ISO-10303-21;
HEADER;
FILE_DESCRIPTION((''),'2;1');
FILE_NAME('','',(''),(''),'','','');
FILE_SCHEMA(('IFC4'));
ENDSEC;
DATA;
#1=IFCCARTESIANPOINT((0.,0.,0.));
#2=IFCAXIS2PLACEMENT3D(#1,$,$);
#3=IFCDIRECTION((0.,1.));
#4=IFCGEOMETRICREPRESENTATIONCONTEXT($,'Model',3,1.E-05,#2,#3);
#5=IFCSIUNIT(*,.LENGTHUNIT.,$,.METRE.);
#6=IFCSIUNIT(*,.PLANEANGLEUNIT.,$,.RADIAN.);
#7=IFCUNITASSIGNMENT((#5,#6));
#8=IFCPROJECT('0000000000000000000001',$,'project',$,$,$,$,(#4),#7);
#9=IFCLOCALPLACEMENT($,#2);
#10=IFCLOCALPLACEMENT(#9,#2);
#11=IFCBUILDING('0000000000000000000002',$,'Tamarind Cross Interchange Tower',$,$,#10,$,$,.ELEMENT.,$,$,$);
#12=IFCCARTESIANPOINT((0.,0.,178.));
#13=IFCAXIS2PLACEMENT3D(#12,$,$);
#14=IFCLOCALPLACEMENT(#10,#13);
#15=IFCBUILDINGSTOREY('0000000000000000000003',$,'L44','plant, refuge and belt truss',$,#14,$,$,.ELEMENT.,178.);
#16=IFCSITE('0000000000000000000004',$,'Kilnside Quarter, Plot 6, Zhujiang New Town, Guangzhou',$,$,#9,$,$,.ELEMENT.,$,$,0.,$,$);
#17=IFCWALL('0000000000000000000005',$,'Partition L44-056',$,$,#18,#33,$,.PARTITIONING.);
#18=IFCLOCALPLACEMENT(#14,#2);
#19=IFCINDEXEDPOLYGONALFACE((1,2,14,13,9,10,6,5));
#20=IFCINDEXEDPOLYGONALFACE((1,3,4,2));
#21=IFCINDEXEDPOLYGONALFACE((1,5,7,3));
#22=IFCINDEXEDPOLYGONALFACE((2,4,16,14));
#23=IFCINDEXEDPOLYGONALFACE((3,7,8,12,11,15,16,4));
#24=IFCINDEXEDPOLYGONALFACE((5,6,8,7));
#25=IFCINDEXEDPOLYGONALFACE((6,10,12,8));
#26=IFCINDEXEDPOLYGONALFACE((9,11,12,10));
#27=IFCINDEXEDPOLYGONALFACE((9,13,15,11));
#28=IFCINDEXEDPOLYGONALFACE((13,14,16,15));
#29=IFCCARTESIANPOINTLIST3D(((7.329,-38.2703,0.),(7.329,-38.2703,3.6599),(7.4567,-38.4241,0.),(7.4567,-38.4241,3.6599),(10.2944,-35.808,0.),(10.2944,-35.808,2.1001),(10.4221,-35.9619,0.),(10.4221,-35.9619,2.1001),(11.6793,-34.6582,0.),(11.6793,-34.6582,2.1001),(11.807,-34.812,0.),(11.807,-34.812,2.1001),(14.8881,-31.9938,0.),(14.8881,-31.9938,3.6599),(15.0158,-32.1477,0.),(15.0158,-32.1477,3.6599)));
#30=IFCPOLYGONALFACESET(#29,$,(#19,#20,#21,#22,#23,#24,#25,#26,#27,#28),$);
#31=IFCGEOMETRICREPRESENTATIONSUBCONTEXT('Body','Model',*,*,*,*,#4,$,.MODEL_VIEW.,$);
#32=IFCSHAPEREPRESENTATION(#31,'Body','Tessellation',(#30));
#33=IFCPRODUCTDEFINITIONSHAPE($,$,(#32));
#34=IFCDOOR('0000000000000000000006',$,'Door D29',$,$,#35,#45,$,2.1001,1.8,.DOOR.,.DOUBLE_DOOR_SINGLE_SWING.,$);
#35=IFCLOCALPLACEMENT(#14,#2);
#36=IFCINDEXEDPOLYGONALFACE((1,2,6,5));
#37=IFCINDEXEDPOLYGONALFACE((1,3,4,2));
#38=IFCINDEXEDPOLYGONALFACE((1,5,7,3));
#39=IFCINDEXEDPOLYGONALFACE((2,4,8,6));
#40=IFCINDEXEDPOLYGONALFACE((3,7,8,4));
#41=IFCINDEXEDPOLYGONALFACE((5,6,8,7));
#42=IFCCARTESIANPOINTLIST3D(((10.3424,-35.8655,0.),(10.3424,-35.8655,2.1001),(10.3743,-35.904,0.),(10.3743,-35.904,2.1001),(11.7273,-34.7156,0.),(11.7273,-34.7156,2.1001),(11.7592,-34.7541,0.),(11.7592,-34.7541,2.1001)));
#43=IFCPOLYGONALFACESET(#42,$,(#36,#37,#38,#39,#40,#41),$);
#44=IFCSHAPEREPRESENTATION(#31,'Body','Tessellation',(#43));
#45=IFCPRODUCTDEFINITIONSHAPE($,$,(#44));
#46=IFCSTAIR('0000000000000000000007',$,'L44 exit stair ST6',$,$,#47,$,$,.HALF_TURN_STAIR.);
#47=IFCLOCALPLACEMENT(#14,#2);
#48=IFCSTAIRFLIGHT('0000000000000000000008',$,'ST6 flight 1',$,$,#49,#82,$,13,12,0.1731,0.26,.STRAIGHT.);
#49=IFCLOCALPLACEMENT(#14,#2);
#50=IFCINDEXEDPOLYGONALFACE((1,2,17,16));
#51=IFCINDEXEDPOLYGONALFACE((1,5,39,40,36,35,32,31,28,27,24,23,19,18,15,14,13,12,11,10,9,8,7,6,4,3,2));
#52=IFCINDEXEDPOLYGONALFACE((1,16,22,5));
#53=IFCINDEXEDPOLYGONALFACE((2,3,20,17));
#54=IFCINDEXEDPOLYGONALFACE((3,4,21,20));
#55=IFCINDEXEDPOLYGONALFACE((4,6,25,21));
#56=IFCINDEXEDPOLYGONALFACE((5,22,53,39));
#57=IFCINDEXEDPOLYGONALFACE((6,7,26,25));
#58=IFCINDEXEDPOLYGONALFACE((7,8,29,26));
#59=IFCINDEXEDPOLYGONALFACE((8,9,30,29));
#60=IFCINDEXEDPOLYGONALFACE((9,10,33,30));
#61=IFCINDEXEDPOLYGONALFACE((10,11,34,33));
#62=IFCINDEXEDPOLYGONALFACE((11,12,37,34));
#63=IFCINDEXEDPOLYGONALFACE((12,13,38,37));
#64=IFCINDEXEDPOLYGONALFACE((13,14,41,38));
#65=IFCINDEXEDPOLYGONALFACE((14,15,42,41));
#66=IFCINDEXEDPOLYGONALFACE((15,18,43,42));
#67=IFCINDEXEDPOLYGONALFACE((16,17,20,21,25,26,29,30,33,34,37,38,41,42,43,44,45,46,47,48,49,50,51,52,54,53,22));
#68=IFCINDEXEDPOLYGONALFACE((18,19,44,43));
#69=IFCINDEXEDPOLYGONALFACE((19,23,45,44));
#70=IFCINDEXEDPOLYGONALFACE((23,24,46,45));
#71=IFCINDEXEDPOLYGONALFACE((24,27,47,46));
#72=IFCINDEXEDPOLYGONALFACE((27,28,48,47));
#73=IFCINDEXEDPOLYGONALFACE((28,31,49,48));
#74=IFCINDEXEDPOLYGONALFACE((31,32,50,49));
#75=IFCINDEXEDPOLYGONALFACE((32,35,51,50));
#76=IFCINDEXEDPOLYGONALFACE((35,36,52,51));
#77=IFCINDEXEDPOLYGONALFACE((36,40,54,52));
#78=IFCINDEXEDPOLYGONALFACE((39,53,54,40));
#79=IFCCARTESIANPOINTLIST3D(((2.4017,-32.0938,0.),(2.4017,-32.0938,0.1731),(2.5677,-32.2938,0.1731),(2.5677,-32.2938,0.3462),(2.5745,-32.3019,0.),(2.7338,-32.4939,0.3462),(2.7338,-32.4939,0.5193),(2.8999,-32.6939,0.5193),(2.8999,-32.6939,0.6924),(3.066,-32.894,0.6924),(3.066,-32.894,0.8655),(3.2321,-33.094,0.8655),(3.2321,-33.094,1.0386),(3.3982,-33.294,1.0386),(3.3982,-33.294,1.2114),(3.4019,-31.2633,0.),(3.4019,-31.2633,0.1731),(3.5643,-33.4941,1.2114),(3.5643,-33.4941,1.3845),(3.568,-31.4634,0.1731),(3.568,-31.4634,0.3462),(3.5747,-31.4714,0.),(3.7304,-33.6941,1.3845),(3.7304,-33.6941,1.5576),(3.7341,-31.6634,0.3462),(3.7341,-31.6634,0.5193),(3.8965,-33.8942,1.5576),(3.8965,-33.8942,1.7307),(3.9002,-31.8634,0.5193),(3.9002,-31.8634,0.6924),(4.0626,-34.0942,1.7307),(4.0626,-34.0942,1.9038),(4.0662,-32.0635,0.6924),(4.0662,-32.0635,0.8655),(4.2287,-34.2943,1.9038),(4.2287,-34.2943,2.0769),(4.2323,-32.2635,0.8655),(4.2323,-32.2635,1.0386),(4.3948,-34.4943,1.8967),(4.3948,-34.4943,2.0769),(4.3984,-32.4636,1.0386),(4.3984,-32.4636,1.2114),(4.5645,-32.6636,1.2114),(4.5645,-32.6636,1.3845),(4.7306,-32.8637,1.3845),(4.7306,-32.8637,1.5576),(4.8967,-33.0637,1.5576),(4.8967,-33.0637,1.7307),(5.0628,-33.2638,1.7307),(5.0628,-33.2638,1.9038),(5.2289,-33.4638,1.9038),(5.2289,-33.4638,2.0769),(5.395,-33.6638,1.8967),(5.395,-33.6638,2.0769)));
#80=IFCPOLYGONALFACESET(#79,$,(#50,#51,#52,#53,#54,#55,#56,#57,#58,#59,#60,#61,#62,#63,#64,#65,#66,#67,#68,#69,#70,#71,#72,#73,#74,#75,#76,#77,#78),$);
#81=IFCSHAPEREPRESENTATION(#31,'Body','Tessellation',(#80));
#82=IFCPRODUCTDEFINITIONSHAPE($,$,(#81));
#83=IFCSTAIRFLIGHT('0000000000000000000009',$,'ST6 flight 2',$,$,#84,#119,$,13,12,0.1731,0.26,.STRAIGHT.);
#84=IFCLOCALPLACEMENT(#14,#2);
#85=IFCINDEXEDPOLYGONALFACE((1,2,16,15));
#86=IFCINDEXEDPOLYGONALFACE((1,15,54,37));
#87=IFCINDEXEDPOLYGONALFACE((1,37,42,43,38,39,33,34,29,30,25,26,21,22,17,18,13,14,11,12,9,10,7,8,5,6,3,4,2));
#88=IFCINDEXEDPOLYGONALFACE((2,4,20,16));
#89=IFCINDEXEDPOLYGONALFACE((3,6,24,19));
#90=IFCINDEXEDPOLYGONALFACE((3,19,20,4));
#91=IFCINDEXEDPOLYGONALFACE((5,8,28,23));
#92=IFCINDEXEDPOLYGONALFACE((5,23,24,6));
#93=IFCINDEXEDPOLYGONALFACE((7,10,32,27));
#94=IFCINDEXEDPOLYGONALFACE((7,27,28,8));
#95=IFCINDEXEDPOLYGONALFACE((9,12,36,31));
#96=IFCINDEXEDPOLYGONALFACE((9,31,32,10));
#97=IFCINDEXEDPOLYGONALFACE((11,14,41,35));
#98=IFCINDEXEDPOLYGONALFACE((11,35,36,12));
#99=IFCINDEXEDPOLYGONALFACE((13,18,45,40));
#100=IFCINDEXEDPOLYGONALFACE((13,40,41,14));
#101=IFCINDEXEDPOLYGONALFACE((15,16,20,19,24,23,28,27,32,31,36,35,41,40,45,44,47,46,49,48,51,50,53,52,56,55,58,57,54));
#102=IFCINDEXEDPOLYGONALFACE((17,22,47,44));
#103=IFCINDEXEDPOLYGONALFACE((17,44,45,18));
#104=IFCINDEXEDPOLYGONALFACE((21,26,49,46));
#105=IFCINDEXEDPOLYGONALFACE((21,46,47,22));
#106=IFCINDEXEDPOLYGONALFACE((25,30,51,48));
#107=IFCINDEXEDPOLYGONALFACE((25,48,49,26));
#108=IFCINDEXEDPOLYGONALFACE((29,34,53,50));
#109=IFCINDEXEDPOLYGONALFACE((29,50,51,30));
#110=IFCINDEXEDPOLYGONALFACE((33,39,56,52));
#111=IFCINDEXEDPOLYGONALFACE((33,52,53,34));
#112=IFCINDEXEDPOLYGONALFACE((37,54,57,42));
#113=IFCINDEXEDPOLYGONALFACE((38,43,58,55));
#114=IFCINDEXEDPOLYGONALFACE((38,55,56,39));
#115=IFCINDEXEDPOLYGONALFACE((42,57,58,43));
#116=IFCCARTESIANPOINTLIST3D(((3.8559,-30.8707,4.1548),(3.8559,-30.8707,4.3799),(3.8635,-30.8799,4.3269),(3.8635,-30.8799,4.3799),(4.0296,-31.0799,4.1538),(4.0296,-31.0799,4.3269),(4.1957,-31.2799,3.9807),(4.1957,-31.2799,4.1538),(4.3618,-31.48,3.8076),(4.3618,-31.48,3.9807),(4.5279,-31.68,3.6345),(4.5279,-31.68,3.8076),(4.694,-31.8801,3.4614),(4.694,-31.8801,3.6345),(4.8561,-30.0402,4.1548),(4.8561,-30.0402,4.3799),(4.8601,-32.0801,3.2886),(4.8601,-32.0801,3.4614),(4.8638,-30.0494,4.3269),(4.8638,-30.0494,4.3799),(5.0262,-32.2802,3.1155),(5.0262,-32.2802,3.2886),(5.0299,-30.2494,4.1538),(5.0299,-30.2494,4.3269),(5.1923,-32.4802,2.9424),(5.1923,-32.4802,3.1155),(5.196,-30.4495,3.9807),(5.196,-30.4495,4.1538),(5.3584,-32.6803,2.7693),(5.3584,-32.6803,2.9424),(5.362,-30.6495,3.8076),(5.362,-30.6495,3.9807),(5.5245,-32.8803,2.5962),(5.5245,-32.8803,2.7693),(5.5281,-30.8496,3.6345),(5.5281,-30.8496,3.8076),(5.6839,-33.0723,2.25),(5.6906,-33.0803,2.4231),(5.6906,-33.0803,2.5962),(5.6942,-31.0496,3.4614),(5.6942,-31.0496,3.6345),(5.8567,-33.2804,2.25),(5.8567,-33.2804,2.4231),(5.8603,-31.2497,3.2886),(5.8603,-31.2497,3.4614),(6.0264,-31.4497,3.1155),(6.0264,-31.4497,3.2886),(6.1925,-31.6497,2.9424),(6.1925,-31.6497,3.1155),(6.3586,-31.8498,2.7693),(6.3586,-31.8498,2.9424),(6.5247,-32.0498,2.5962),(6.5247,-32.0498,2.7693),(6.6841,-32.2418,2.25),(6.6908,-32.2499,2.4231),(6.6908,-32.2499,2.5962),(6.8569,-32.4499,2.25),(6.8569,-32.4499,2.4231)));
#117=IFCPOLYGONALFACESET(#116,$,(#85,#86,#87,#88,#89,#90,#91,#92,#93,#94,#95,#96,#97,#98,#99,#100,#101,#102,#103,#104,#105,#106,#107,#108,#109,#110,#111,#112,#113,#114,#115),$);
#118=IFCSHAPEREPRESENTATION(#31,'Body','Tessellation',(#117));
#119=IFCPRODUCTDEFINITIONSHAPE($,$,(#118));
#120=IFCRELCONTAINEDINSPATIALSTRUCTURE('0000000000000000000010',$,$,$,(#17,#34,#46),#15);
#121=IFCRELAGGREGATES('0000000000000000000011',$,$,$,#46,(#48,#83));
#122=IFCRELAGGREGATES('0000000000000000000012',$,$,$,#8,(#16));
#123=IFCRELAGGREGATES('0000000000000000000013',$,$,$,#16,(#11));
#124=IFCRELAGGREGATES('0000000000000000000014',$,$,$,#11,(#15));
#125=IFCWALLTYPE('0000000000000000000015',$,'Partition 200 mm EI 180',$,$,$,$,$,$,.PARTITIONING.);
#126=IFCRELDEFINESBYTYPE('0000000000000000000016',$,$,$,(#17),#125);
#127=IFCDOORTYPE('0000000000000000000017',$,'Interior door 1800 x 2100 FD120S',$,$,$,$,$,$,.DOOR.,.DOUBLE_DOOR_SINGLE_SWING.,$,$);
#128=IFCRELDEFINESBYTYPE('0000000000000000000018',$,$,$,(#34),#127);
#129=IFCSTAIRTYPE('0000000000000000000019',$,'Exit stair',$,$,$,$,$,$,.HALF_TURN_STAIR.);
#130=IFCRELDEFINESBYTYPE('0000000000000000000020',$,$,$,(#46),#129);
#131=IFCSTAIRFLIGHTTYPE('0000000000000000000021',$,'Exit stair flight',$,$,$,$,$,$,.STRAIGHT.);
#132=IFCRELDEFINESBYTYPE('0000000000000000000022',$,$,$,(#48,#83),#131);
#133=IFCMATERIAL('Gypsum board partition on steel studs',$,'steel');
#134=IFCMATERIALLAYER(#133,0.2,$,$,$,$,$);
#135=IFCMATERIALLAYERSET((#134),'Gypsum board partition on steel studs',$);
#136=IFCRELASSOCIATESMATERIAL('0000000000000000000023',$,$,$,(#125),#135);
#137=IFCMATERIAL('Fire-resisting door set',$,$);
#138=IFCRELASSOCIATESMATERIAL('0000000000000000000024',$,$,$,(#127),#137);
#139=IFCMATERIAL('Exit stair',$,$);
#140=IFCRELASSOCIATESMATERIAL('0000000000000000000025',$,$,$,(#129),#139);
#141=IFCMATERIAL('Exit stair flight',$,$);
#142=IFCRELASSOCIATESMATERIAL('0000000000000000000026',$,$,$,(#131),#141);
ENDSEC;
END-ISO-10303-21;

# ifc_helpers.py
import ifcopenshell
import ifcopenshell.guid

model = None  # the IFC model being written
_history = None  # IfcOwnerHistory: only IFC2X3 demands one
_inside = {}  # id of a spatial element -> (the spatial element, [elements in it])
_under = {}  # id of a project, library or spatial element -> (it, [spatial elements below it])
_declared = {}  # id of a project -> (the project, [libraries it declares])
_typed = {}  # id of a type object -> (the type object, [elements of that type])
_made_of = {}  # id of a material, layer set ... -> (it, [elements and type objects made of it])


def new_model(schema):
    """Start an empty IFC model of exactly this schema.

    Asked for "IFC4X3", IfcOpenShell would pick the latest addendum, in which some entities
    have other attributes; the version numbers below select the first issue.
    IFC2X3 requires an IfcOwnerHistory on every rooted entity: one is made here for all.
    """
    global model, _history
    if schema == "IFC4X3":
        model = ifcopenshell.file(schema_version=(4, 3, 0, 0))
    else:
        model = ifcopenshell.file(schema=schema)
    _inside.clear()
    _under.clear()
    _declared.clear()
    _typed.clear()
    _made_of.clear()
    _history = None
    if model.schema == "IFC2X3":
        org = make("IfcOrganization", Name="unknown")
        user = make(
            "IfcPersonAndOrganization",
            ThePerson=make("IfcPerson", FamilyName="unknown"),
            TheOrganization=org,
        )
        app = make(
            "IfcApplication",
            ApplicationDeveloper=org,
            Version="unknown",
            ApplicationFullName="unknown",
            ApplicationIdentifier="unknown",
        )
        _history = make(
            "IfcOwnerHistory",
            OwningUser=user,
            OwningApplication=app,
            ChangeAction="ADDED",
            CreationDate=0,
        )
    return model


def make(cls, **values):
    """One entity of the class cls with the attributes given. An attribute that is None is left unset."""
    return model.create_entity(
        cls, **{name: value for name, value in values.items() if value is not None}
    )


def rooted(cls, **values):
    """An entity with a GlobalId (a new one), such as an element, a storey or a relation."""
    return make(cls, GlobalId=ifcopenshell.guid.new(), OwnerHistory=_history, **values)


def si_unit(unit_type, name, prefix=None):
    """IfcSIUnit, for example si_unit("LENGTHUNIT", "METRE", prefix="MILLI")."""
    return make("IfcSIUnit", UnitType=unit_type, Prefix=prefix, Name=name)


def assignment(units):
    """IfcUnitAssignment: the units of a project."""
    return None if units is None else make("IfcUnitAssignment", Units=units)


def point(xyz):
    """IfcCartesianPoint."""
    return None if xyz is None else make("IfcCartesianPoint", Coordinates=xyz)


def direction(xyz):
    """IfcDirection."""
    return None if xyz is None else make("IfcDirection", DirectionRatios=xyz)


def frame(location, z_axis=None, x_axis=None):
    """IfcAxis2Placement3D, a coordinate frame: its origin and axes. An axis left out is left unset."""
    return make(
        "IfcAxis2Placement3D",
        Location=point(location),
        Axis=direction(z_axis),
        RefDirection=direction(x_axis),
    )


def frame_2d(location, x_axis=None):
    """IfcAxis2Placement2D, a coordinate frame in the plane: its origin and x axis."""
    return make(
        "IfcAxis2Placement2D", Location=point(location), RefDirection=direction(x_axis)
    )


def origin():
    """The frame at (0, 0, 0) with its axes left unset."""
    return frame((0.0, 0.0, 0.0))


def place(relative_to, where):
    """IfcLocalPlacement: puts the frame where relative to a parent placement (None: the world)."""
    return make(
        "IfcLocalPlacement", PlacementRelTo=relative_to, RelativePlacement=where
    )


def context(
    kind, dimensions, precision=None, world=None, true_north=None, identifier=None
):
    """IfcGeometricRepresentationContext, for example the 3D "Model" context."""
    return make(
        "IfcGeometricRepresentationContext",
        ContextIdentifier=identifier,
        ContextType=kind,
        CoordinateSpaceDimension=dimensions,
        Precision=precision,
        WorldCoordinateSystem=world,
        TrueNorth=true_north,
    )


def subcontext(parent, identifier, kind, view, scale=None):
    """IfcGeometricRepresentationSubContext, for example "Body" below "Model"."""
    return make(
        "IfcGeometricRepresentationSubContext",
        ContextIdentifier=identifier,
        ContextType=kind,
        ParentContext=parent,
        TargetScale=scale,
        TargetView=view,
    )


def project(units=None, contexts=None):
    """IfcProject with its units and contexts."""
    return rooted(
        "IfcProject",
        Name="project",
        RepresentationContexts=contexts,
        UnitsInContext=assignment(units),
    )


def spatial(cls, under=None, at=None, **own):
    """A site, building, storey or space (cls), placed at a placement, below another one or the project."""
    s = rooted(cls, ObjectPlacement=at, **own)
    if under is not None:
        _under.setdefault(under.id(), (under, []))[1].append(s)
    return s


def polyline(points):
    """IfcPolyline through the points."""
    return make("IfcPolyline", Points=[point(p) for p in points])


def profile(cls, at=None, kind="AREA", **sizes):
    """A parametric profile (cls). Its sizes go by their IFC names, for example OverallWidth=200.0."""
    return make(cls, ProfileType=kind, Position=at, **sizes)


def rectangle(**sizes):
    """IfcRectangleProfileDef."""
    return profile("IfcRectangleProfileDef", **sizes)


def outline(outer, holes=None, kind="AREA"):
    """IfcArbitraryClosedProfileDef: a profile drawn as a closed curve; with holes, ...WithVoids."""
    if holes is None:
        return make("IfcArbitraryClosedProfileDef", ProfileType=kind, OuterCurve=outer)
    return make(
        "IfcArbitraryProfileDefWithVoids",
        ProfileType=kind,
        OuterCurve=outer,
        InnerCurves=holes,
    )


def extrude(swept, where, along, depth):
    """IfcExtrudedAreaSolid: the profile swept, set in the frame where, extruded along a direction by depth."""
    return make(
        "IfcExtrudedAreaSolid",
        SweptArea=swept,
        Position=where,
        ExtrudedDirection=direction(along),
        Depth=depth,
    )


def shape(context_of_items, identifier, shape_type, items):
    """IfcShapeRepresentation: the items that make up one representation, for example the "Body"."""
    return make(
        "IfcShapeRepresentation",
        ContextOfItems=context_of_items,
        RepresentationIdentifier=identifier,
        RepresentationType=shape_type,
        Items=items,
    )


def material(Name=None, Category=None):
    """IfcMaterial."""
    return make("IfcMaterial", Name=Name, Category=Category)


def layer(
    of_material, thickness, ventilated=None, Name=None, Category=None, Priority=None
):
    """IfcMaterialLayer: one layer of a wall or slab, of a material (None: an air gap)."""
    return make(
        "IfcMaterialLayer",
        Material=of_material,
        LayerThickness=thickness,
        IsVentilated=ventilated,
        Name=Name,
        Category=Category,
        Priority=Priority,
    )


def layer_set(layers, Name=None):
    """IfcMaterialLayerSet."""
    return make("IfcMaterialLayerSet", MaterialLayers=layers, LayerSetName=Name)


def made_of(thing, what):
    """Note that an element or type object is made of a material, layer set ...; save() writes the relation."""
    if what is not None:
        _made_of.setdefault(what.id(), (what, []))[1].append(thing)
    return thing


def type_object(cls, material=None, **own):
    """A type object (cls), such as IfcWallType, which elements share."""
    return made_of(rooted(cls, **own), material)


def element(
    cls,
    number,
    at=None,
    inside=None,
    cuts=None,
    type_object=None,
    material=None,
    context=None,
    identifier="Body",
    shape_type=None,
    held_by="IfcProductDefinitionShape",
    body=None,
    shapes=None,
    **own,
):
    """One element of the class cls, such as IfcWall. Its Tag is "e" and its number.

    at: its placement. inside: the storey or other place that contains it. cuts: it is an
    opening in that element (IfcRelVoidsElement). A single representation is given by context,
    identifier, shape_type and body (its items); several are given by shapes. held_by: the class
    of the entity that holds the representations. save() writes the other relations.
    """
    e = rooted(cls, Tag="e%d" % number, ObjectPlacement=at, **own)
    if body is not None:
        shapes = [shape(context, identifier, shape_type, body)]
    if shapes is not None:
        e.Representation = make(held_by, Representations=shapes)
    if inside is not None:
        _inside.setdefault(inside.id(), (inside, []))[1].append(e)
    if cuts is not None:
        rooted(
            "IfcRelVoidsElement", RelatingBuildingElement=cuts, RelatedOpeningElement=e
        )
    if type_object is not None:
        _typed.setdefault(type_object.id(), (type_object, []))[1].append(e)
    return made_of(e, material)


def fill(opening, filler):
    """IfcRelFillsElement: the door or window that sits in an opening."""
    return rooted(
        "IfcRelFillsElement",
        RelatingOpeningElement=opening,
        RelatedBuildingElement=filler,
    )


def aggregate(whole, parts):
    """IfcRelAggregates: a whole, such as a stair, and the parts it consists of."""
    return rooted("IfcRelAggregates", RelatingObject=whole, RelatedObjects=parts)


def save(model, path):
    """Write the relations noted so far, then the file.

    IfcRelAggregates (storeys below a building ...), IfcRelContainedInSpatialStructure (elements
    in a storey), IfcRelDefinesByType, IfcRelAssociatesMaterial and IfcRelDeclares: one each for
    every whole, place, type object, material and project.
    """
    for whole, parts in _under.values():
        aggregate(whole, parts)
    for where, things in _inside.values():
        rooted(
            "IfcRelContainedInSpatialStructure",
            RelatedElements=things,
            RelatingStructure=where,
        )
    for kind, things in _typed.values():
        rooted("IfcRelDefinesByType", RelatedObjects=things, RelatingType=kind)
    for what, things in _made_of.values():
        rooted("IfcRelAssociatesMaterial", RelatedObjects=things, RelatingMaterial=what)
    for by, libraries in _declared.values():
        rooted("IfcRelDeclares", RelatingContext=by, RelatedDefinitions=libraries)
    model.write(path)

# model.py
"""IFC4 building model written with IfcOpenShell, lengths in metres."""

from ifc_helpers import new_model, si_unit, direction, frame, frame_2d, origin, place, context, subcontext, project, spatial, polyline, rectangle, outline, extrude, material, layer, layer_set, type_object, element, fill, aggregate, save


model = new_model("IFC4")

# Units and contexts
model_context = context("Model", 3, precision=1e-05, world=origin(), true_north=direction((0.0, 1.0)))
body_context = subcontext(model_context, "Body", "Model", "MODEL_VIEW")
ifc_project = project(units=[si_unit("LENGTHUNIT", "METRE"), si_unit("PLANEANGLEUNIT", "RADIAN")], contexts=[model_context])

# Site, building, storey
site_placement = place(None, origin())
site = spatial("IfcSite", under=ifc_project, at=site_placement, Name="Kilnside Quarter, Plot 6, Zhujiang New Town, Guangzhou", CompositionType="ELEMENT", RefElevation=0.0)
building_placement = place(site_placement, origin())
building = spatial("IfcBuilding", under=site, at=building_placement, Name="Tamarind Cross Interchange Tower", CompositionType="ELEMENT")
storey_placement = place(building_placement, frame((0.0, 0.0, 178.0)))
storey = spatial("IfcBuildingStorey", under=building, at=storey_placement, Name="L44", Description="plant, refuge and belt truss", CompositionType="ELEMENT", Elevation=178.0)

# Shared definitions
ifc_material_1 = material(Name="Gypsum board partition on steel studs", Category="steel")
ifc_layer = layer(ifc_material_1, 0.2)
ifc_layer_set = layer_set([ifc_layer], Name="Gypsum board partition on steel studs")
wall_type = type_object("IfcWallType", Name="Partition 200 mm EI 180", PredefinedType="PARTITIONING", material=ifc_layer_set)

# Wall, opening, door
wall_1_placement = place(storey_placement, frame((7.3928, -38.3472, 0.0), z_axis=(0.0, 0.0, 1.0), x_axis=(0.769365, 0.63881, 0.0)))
wall_1 = element("IfcWall", 1, at=wall_1_placement, inside=storey, type_object=wall_type, Name="Partition L44-056", PredefinedType="PARTITIONING", context=body_context, shape_type="SweptSolid", body=[
    extrude(rectangle(XDim=9.8252, YDim=0.2, at=frame_2d((4.9126, 0.0))), origin(), (0.0, 0.0, 1.0), 3.6599),
])
opening_placement = place(wall_1_placement, frame((3.8545, 0.0, 0.0)))
opening = element("IfcOpeningElement", 2, at=opening_placement, cuts=wall_1, PredefinedType="OPENING", context=body_context, shape_type="SweptSolid", body=[
    extrude(rectangle(XDim=1.8, YDim=2.1001, at=frame_2d((0.8999, 1.05))), frame((0.0, 0.1099, 0.0), z_axis=(0.0, -1.0, 0.0), x_axis=(1.0, 0.0, 0.0)), (0.0, 0.0, 1.0), 0.22),
])
ifc_material_2 = material(Name="Fire-resisting door set")
door_type = type_object("IfcDoorType", Name="Interior door 1800 x 2100 FD120S", OperationType="DOUBLE_DOOR_SINGLE_SWING", PredefinedType="DOOR", material=ifc_material_2)
door_placement = place(opening_placement, frame((1.8, 0.0, 0.0), z_axis=(0.0, 0.0, 1.0), x_axis=(-1.0, 0.0, 0.0)))
door = element("IfcDoor", 3, at=door_placement, inside=storey, type_object=door_type, Name="Door D29", OperationType="DOUBLE_DOOR_SINGLE_SWING", OverallHeight=2.1001, OverallWidth=1.8, PredefinedType="DOOR", context=body_context, shape_type="SweptSolid", body=[
    extrude(rectangle(XDim=1.8, YDim=2.1001, at=frame_2d((0.8999, 1.05))), frame((0.0, 0.0249, 0.0), z_axis=(0.0, -1.0, 0.0), x_axis=(1.0, 0.0, 0.0)), (0.0, 0.0, 1.0), 0.05),
])
fill(opening, door)

# Stair, stair flights
ifc_material_3 = material(Name="Exit stair")
stair_type = type_object("IfcStairType", Name="Exit stair", PredefinedType="HALF_TURN_STAIR", material=ifc_material_3)
stair_placement = place(storey_placement, origin())
stair = element("IfcStair", 4, at=stair_placement, inside=storey, type_object=stair_type, Name="L44 exit stair ST6", PredefinedType="HALF_TURN_STAIR")
ifc_material_4 = material(Name="Exit stair flight")
stair_flight_type = type_object("IfcStairFlightType", Name="Exit stair flight", PredefinedType="STRAIGHT", material=ifc_material_4)
stair_flight_1_placement = place(storey_placement, frame((2.9019, -31.6785, 0.0), z_axis=(0.0, 0.0, 1.0), x_axis=(0.6388, -0.769373, 0.0)))
stair_flight_1 = element("IfcStairFlight", 5, at=stair_flight_1_placement, type_object=stair_flight_type, Name="ST6 flight 1", NumberOfRisers=13, NumberOfTreads=12, PredefinedType="STRAIGHT", RiserHeight=0.1731, TreadLength=0.26, context=body_context, shape_type="SweptSolid", body=[
    extrude(outline(polyline([(0.0, 0.0), (0.0, 0.1731), (0.26, 0.1731), (0.26, 0.3462), (0.52, 0.3462), (0.52, 0.5193), (0.78, 0.5193), (0.78, 0.6924), (1.04, 0.6924), (1.04, 0.8655), (1.3, 0.8655), (1.3, 1.0386), (1.5601, 1.0386), (1.5601, 1.2114), (1.8201, 1.2114), (1.8201, 1.3845), (2.0801, 1.3845), (2.0801, 1.5576), (2.3401, 1.5576), (2.3401, 1.7307), (2.6001, 1.7307), (2.6001, 1.9038), (2.8601, 1.9038), (2.8601, 2.0769), (3.1201, 2.0769), (3.1201, 2.25), (3.1201, 1.8967), (0.2705, 0.0), (0.0, 0.0)])), frame((0.0, 0.6499, 0.0), z_axis=(0.0, -1.0, 0.0), x_axis=(1.0, 0.0, 0.0)), (0.0, 0.0, 1.0), 1.3),
])
stair_flight_2_placement = place(storey_placement, frame((6.3567, -32.8652, 2.25), z_axis=(0.0, 0.0, 1.0), x_axis=(-0.6388, 0.769373, 0.0)))
stair_flight_2 = element("IfcStairFlight", 6, at=stair_flight_2_placement, type_object=stair_flight_type, Name="ST6 flight 2", NumberOfRisers=13, NumberOfTreads=12, PredefinedType="STRAIGHT", RiserHeight=0.1731, TreadLength=0.26, context=body_context, shape_type="SweptSolid", body=[
    extrude(outline(polyline([(0.0, 0.0), (0.0, 0.1731), (0.26, 0.1731), (0.26, 0.3462), (0.52, 0.3462), (0.52, 0.5193), (0.78, 0.5193), (0.78, 0.6924), (1.04, 0.6924), (1.04, 0.8655), (1.3, 0.8655), (1.3, 1.0386), (1.5601, 1.0386), (1.5601, 1.2114), (1.8201, 1.2114), (1.8201, 1.3845), (2.0801, 1.3845), (2.0801, 1.5576), (2.3401, 1.5576), (2.3401, 1.7307), (2.6001, 1.7307), (2.6001, 1.9038), (2.8601, 1.9038), (2.8601, 2.0769), (3.1201, 2.0769), (3.1201, 2.1299), (3.1321, 2.1299), (3.1321, 1.9048), (0.2705, 0.0), (0.0, 0.0)])), frame((0.0, 0.6499, 0.0), z_axis=(0.0, -1.0, 0.0), x_axis=(1.0, 0.0, 0.0)), (0.0, 0.0, 1.0), 1.3),
])
aggregate(stair, [stair_flight_1, stair_flight_2])

save(model, "model.ifc")
